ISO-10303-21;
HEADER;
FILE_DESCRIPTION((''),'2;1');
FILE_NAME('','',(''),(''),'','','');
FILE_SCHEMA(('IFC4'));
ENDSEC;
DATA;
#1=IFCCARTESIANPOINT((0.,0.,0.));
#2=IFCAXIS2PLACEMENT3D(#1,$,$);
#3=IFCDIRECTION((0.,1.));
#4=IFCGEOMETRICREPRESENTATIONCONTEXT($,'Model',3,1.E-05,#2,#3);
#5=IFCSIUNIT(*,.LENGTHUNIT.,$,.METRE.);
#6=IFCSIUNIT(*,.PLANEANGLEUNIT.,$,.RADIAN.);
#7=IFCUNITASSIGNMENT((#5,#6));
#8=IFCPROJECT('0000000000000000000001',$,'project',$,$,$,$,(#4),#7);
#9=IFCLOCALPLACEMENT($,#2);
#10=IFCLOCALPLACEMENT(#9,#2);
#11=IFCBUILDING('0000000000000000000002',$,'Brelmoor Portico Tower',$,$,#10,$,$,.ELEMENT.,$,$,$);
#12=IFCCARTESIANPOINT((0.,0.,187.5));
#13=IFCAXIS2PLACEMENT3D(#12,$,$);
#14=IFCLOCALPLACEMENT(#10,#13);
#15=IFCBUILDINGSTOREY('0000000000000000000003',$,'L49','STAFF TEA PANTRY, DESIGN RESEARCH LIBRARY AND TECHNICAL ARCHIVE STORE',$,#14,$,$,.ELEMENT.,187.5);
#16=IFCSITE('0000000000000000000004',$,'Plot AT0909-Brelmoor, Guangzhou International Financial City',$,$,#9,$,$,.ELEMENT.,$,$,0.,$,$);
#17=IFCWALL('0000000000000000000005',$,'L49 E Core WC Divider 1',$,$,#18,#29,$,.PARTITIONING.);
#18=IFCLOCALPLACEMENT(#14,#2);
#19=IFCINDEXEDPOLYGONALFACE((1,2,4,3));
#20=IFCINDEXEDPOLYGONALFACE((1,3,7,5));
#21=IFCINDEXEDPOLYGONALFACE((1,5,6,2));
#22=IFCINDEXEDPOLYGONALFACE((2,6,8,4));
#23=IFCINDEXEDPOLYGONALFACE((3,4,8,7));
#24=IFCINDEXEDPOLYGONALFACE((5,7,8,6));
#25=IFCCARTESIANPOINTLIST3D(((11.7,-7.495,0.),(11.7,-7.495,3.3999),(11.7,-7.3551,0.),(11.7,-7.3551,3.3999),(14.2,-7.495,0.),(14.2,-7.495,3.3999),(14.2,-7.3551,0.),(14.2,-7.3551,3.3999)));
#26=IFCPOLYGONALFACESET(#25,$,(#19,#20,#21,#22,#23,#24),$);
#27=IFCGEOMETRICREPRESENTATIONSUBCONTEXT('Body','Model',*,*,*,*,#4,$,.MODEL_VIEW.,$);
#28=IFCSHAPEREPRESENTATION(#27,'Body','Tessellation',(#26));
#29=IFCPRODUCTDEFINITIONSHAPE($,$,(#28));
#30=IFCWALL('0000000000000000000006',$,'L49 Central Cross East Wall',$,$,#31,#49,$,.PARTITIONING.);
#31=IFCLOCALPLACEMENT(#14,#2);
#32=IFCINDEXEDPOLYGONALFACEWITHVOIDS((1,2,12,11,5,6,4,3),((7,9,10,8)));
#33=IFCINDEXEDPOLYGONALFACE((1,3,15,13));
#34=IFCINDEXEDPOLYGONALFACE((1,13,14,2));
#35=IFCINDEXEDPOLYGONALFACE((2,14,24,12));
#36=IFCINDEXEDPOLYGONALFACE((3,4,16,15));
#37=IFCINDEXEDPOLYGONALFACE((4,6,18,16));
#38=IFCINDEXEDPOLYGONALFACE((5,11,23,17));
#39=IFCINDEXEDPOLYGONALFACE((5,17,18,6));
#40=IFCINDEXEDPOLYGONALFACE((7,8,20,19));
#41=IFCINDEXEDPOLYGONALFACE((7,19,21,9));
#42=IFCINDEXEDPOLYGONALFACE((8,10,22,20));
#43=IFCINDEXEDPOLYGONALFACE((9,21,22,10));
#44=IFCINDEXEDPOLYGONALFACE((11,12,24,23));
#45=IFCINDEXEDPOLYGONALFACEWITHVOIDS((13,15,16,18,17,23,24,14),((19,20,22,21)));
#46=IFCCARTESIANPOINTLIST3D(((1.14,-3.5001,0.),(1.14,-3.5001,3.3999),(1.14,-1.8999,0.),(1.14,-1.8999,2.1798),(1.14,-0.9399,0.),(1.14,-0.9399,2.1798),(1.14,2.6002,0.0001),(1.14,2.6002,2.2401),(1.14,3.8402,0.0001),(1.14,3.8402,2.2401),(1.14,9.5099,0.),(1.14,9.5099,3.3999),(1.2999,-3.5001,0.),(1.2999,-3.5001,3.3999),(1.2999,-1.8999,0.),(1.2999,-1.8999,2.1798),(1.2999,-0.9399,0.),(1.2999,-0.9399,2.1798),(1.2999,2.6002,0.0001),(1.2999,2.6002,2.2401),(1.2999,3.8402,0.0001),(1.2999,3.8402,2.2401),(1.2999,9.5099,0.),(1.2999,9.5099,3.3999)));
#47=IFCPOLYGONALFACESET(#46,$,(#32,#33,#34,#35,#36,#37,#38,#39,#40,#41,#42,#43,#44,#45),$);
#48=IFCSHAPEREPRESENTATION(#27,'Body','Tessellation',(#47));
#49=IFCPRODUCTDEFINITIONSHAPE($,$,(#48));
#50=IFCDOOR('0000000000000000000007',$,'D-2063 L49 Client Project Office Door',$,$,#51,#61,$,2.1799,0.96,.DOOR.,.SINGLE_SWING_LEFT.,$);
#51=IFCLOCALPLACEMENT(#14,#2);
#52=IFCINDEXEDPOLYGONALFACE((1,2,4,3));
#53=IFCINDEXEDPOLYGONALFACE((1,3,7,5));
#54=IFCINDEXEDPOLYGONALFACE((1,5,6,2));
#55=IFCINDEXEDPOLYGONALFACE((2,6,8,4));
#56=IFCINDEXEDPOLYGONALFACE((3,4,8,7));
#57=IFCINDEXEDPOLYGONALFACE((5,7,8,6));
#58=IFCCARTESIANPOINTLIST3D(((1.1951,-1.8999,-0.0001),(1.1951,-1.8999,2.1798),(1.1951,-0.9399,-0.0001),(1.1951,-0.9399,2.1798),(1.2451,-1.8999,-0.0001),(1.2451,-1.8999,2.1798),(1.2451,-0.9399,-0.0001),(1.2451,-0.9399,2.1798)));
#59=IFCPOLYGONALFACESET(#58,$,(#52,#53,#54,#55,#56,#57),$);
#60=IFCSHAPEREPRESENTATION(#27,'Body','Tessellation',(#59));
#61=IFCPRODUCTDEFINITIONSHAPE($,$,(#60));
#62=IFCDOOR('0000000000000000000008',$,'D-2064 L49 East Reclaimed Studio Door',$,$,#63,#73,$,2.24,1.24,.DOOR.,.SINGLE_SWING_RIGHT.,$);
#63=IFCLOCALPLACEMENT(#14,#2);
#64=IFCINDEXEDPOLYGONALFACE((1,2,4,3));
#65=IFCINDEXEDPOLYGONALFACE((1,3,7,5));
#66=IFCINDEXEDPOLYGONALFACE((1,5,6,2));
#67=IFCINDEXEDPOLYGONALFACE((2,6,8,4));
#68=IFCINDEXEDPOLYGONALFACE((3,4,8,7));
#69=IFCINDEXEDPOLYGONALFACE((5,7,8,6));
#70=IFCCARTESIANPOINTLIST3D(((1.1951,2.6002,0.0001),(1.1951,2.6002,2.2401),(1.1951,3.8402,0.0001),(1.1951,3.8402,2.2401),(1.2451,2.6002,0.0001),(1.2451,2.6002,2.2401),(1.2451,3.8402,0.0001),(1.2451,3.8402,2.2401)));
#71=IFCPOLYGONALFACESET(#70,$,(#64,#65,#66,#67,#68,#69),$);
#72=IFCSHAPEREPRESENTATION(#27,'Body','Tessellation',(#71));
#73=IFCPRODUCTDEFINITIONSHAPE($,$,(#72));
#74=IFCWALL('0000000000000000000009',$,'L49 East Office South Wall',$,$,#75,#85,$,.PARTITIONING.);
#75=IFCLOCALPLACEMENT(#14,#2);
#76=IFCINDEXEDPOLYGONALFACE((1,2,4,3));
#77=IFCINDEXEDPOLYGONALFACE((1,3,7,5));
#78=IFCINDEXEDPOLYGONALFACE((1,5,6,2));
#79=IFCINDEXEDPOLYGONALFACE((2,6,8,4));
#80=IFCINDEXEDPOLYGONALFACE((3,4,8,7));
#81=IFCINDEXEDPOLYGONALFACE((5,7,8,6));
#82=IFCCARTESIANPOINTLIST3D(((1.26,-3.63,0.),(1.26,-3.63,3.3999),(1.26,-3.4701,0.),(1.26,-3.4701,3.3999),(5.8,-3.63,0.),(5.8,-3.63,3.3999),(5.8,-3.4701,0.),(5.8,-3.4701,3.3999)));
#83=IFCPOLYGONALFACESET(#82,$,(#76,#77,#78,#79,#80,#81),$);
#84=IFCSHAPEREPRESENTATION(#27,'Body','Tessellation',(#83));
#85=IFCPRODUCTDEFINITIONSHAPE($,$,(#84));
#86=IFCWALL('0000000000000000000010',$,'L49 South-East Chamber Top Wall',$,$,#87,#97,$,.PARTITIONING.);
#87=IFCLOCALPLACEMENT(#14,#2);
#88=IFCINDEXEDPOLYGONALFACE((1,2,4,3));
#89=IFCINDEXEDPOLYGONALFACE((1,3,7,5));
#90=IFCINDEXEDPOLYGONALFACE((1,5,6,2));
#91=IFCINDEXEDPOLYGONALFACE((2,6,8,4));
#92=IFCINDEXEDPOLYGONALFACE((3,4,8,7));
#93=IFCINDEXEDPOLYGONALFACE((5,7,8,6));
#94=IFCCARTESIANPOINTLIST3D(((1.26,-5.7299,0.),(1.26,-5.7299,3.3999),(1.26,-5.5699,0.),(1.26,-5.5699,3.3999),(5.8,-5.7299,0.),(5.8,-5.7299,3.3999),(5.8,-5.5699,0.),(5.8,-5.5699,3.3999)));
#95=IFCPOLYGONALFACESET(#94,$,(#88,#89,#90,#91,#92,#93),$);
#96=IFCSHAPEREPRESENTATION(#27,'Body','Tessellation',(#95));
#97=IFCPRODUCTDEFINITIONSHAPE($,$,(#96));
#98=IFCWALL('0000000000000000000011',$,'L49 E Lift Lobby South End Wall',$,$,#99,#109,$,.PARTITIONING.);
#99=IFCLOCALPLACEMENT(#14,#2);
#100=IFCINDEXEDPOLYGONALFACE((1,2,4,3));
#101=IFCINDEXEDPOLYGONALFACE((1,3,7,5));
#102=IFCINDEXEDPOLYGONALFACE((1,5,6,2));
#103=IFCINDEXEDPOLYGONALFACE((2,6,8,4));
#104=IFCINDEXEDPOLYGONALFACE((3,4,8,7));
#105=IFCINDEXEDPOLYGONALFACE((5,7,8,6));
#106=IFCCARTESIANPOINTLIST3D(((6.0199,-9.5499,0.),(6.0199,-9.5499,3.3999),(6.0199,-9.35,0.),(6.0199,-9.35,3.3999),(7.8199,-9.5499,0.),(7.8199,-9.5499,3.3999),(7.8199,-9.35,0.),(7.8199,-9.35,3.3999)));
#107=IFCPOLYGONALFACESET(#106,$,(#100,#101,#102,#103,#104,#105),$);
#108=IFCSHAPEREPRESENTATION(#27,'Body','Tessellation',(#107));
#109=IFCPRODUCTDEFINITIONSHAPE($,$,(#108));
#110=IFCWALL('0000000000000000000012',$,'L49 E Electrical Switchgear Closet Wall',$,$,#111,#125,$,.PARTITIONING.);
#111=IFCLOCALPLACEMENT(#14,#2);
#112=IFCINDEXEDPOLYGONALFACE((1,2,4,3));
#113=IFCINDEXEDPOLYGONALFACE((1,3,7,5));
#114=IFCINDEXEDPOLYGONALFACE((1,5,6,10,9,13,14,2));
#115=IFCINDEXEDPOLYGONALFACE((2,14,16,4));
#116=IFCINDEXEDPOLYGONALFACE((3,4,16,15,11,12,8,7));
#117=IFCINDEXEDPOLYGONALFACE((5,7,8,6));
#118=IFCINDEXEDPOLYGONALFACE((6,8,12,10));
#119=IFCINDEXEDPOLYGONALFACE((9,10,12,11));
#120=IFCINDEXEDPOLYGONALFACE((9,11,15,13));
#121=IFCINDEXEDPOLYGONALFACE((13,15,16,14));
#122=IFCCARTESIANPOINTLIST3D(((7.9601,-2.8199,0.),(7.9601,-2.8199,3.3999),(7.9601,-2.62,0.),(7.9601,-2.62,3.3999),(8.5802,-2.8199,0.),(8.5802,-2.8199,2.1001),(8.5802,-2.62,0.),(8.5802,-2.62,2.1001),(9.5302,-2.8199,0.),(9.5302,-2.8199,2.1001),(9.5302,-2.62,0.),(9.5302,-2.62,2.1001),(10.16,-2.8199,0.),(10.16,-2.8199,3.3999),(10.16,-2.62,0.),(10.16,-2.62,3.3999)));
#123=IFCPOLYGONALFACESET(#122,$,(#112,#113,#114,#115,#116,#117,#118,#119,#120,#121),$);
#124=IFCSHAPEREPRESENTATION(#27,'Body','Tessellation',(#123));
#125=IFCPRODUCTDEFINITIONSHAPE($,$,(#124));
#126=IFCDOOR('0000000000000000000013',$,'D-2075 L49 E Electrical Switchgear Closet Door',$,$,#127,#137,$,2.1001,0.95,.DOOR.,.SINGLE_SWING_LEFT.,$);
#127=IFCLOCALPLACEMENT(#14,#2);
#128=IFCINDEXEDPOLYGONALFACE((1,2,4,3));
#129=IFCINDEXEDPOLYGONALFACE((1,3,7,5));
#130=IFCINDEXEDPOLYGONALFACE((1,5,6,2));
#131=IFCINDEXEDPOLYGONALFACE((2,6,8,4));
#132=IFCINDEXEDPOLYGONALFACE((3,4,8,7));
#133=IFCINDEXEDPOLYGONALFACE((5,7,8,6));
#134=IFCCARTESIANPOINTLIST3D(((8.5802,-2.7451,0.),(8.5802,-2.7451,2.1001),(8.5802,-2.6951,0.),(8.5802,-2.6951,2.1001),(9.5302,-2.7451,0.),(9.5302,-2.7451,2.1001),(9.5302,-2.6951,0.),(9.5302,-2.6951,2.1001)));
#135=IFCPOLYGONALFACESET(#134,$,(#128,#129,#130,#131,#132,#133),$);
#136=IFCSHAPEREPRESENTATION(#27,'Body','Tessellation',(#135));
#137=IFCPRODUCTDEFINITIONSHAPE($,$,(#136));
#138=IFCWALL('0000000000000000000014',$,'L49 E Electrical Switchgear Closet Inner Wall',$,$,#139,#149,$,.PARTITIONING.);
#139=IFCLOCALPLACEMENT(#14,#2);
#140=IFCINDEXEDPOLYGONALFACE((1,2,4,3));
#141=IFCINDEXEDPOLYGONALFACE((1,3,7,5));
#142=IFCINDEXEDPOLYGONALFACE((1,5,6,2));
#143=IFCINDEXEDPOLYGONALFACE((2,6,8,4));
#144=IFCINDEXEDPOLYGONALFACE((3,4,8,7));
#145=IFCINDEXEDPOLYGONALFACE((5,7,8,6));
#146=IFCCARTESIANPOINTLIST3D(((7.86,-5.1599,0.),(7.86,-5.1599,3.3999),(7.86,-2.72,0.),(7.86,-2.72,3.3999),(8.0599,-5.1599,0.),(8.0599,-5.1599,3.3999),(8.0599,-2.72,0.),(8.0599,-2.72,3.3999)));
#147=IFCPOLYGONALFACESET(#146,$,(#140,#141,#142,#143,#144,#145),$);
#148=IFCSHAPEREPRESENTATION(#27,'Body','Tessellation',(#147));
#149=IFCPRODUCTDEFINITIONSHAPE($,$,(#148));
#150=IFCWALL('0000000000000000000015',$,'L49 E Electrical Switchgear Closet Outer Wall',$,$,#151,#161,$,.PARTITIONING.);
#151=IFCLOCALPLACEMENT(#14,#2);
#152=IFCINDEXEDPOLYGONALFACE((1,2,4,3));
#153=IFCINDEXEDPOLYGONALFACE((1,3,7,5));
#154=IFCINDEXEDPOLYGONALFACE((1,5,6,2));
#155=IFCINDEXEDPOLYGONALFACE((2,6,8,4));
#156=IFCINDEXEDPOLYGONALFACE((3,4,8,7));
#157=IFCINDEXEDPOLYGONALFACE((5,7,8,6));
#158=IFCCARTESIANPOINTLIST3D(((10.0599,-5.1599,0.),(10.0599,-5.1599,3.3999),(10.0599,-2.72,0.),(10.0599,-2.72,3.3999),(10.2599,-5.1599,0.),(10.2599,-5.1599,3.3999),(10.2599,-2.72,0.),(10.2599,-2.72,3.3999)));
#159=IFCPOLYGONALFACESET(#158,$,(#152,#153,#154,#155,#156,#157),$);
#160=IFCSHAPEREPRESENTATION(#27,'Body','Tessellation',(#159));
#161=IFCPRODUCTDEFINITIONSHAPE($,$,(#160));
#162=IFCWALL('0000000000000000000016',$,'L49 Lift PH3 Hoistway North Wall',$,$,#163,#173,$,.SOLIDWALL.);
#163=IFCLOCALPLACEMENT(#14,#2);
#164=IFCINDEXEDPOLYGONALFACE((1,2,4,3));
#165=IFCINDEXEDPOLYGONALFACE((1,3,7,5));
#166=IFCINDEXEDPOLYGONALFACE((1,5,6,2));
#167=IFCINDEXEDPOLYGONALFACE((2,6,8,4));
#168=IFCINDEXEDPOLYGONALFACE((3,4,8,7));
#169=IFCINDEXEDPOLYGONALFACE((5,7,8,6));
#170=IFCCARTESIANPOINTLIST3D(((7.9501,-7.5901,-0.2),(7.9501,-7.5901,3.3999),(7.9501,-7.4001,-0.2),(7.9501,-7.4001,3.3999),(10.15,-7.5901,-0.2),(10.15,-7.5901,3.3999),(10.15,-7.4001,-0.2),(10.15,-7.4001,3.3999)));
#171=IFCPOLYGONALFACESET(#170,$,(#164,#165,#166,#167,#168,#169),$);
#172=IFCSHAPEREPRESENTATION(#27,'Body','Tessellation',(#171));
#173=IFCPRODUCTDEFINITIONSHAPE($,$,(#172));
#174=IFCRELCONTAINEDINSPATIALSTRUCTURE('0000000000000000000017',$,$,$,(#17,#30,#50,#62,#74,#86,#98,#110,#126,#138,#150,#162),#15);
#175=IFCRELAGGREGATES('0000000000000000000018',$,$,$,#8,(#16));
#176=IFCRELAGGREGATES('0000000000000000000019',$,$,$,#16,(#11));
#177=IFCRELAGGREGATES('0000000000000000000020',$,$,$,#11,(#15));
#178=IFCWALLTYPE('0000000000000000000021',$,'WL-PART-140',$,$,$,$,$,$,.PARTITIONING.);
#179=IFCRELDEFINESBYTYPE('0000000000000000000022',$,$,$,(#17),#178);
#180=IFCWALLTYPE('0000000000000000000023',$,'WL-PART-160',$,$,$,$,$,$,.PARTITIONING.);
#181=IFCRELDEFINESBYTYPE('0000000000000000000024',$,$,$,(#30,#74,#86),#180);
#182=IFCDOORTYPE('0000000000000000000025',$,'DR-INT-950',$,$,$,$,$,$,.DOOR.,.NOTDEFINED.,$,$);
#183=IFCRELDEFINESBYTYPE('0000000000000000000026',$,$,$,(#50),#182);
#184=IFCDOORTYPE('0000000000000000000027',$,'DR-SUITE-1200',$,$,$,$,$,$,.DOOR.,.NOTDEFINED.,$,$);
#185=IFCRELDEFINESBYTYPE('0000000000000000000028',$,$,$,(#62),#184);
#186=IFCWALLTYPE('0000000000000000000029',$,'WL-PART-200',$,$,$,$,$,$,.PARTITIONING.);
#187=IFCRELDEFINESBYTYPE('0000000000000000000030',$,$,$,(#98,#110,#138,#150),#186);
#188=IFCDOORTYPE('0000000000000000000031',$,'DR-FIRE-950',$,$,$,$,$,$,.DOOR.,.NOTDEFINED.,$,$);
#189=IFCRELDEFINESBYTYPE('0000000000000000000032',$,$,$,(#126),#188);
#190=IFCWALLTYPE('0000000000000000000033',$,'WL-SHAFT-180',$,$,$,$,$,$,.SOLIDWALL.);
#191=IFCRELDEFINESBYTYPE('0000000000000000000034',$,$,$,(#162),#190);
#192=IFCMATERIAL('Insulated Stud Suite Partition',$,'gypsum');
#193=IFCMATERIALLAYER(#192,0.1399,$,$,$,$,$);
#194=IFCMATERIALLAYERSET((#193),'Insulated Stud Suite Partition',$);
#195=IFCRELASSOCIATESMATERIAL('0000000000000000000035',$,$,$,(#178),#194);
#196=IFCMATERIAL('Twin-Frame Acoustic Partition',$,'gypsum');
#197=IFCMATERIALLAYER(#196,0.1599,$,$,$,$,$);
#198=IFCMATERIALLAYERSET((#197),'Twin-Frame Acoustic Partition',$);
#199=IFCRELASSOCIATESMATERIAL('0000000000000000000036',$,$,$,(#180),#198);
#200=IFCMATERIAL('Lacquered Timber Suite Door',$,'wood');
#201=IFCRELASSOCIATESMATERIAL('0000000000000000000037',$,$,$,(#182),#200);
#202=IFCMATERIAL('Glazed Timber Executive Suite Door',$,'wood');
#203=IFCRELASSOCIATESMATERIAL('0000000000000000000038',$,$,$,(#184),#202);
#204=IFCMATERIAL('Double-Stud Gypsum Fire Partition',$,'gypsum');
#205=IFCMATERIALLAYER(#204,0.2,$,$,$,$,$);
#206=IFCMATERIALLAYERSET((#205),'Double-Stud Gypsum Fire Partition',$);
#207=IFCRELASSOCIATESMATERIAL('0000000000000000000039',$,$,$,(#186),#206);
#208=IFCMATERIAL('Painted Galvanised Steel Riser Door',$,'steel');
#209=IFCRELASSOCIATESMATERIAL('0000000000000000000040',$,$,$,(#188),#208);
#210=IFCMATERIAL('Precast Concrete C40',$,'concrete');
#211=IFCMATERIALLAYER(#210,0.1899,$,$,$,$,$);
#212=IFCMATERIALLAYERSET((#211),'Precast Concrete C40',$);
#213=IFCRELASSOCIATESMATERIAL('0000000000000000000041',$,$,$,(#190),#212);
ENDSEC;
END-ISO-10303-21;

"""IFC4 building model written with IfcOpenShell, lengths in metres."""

from ifc_helpers import new_model, si_unit, direction, frame, frame_2d, origin, place, context, subcontext, project, spatial, rectangle, extrude, material, layer, layer_set, type_object, element, fill, save


model = new_model("IFC4")

# Units and contexts
model_context = context("Model", 3, precision=1e-05, world=origin(), true_north=direction((0.0, 1.0)))
body_context = subcontext(model_context, "Body", "Model", "MODEL_VIEW")
ifc_project = project(units=[si_unit("LENGTHUNIT", "METRE"), si_unit("PLANEANGLEUNIT", "RADIAN")], contexts=[model_context])

# Site, building, storey
site_placement = place(None, origin())
site = spatial("IfcSite", under=ifc_project, at=site_placement, Name="Plot AT0909-Brelmoor, Guangzhou International Financial City", CompositionType="ELEMENT", RefElevation=0.0)
building_placement = place(site_placement, origin())
building = spatial("IfcBuilding", under=site, at=building_placement, Name="Brelmoor Portico Tower", CompositionType="ELEMENT")
storey_placement = place(building_placement, frame((0.0, 0.0, 187.5)))
storey = spatial("IfcBuildingStorey", under=building, at=storey_placement, Name="L49", Description="STAFF TEA PANTRY, DESIGN RESEARCH LIBRARY AND TECHNICAL ARCHIVE STORE", CompositionType="ELEMENT", Elevation=187.5)

# Wall
ifc_material_1 = material(Name="Insulated Stud Suite Partition", Category="gypsum")
ifc_layer_1 = layer(ifc_material_1, 0.1399)
ifc_layer_set_1 = layer_set([ifc_layer_1], Name="Insulated Stud Suite Partition")
wall_type_1 = type_object("IfcWallType", Name="WL-PART-140", PredefinedType="PARTITIONING", material=ifc_layer_set_1)
wall_1_placement = place(storey_placement, frame((11.7, -7.425, 0.0), z_axis=(0.0, 0.0, 1.0), x_axis=(1.0, 0.0, 0.0)))
element("IfcWall", 1, at=wall_1_placement, inside=storey, type_object=wall_type_1, Name="L49 E Core WC Divider 1", PredefinedType="PARTITIONING", context=body_context, shape_type="SweptSolid", body=[
    extrude(rectangle(XDim=2.5, YDim=0.1399, at=frame_2d((1.25, 0.0))), origin(), (0.0, 0.0, 1.0), 3.3999),
])

# Wall, openings, doors
ifc_material_2 = material(Name="Twin-Frame Acoustic Partition", Category="gypsum")
ifc_layer_2 = layer(ifc_material_2, 0.1599)
ifc_layer_set_2 = layer_set([ifc_layer_2], Name="Twin-Frame Acoustic Partition")
wall_type_2 = type_object("IfcWallType", Name="WL-PART-160", PredefinedType="PARTITIONING", material=ifc_layer_set_2)
ifc_material_3 = material(Name="Lacquered Timber Suite Door", Category="wood")
wall_2_placement = place(storey_placement, frame((1.22, -3.5, 0.0), z_axis=(0.0, 0.0, 1.0), x_axis=(0.0, 1.0, 0.0)))
wall_2 = element("IfcWall", 2, at=wall_2_placement, inside=storey, type_object=wall_type_2, Name="L49 Central Cross East Wall", PredefinedType="PARTITIONING", context=body_context, shape_type="SweptSolid", body=[
    extrude(rectangle(XDim=13.01, YDim=0.1599, at=frame_2d((6.5049, 0.0))), origin(), (0.0, 0.0, 1.0), 3.3999),
])
opening_1_placement = place(wall_2_placement, frame((6.1001, 0.0, 0.0)))
opening_1 = element("IfcOpeningElement", 3, at=opening_1_placement, cuts=wall_2, PredefinedType="OPENING", context=body_context, shape_type="SweptSolid", body=[
    extrude(rectangle(XDim=1.24, YDim=2.24, at=frame_2d((0.6201, 1.1201))), frame((0.0, 0.0898, 0.0), z_axis=(0.0, -1.0, 0.0), x_axis=(1.0, 0.0, 0.0)), (0.0, 0.0, 1.0), 0.1799),
])
opening_2_placement = place(wall_2_placement, frame((1.6001, 0.0, 0.0)))
opening_2 = element("IfcOpeningElement", 4, at=opening_2_placement, cuts=wall_2, PredefinedType="OPENING", context=body_context, shape_type="SweptSolid", body=[
    extrude(rectangle(XDim=0.96, YDim=2.1799, at=frame_2d((0.48, 1.0898))), frame((0.0, 0.0898, 0.0), z_axis=(0.0, -1.0, 0.0), x_axis=(1.0, 0.0, 0.0)), (0.0, 0.0, 1.0), 0.1799),
])
door_type_1 = type_object("IfcDoorType", Name="DR-INT-950", OperationType="NOTDEFINED", PredefinedType="DOOR", material=ifc_material_3)
door_1_placement = place(opening_2_placement, origin())
door_1 = element("IfcDoor", 5, at=door_1_placement, inside=storey, type_object=door_type_1, Name="D-2063 L49 Client Project Office Door", OperationType="SINGLE_SWING_LEFT", OverallHeight=2.1799, OverallWidth=0.96, PredefinedType="DOOR", context=body_context, shape_type="SweptSolid", body=[
    extrude(rectangle(XDim=0.96, YDim=2.1799, at=frame_2d((0.48, 1.0898))), frame((0.0, 0.0249, 0.0), z_axis=(0.0, -1.0, 0.0), x_axis=(1.0, 0.0, 0.0)), (0.0, 0.0, 1.0), 0.05),
])
fill(opening_2, door_1)
ifc_material_4 = material(Name="Glazed Timber Executive Suite Door", Category="wood")
door_type_2 = type_object("IfcDoorType", Name="DR-SUITE-1200", OperationType="NOTDEFINED", PredefinedType="DOOR", material=ifc_material_4)
door_2_placement = place(opening_1_placement, origin())
door_2 = element("IfcDoor", 6, at=door_2_placement, inside=storey, type_object=door_type_2, Name="D-2064 L49 East Reclaimed Studio Door", OperationType="SINGLE_SWING_RIGHT", OverallHeight=2.24, OverallWidth=1.24, PredefinedType="DOOR", context=body_context, shape_type="SweptSolid", body=[
    extrude(rectangle(XDim=1.24, YDim=2.24, at=frame_2d((0.6201, 1.1201))), frame((0.0, 0.0249, 0.0), z_axis=(0.0, -1.0, 0.0), x_axis=(1.0, 0.0, 0.0)), (0.0, 0.0, 1.0), 0.05),
])
fill(opening_1, door_2)

# Walls
for number, where, z_axis, x_axis, name in (
    (7, (1.26, -3.55, 0.0), (0.0, 0.0, 1.0), (1.0, 0.0, 0.0), "L49 East Office South Wall"),
    (8, (1.26, -5.6499, 0.0), (0.0, 0.0, 1.0), (1.0, 0.0, 0.0), "L49 South-East Chamber Top Wall"),
):
    element("IfcWall", number, at=place(storey_placement, frame(where, z_axis=z_axis, x_axis=x_axis)), inside=storey, type_object=wall_type_2, Name=name, PredefinedType="PARTITIONING", context=body_context, shape_type="SweptSolid", body=[
        extrude(rectangle(XDim=4.54, YDim=0.1599, at=frame_2d((2.27, 0.0))), origin(), (0.0, 0.0, 1.0), 3.3999),
    ])
ifc_material_5 = material(Name="Double-Stud Gypsum Fire Partition", Category="gypsum")
ifc_layer_3 = layer(ifc_material_5, 0.2)
ifc_layer_set_3 = layer_set([ifc_layer_3], Name="Double-Stud Gypsum Fire Partition")
wall_type_3 = type_object("IfcWallType", Name="WL-PART-200", PredefinedType="PARTITIONING", material=ifc_layer_set_3)
wall_3_placement = place(storey_placement, frame((6.02, -9.45, 0.0), z_axis=(0.0, 0.0, 1.0), x_axis=(1.0, 0.0, 0.0)))
element("IfcWall", 9, at=wall_3_placement, inside=storey, type_object=wall_type_3, Name="L49 E Lift Lobby South End Wall", PredefinedType="PARTITIONING", context=body_context, shape_type="SweptSolid", body=[
    extrude(rectangle(XDim=1.8, YDim=0.2, at=frame_2d((0.8999, 0.0))), origin(), (0.0, 0.0, 1.0), 3.3999),
])

# Wall, opening, door
wall_4_placement = place(storey_placement, frame((7.96, -2.72, 0.0), z_axis=(0.0, 0.0, 1.0), x_axis=(1.0, 0.0, 0.0)))
wall_4 = element("IfcWall", 10, at=wall_4_placement, inside=storey, type_object=wall_type_3, Name="L49 E Electrical Switchgear Closet Wall", PredefinedType="PARTITIONING", context=body_context, shape_type="SweptSolid", body=[
    extrude(rectangle(XDim=2.2, YDim=0.2, at=frame_2d((1.1001, 0.0))), origin(), (0.0, 0.0, 1.0), 3.3999),
])
opening_3_placement = place(wall_4_placement, frame((0.6201, 0.0, 0.0)))
opening_3 = element("IfcOpeningElement", 11, at=opening_3_placement, cuts=wall_4, PredefinedType="OPENING", context=body_context, shape_type="SweptSolid", body=[
    extrude(rectangle(XDim=0.95, YDim=2.1001, at=frame_2d((0.4751, 1.05))), frame((0.0, 0.1099, 0.0), z_axis=(0.0, -1.0, 0.0), x_axis=(1.0, 0.0, 0.0)), (0.0, 0.0, 1.0), 0.22),
])
ifc_material_6 = material(Name="Painted Galvanised Steel Riser Door", Category="steel")
door_type_3 = type_object("IfcDoorType", Name="DR-FIRE-950", OperationType="NOTDEFINED", PredefinedType="DOOR", material=ifc_material_6)
door_3_placement = place(opening_3_placement, origin())
door_3 = element("IfcDoor", 12, at=door_3_placement, inside=storey, type_object=door_type_3, Name="D-2075 L49 E Electrical Switchgear Closet Door", OperationType="SINGLE_SWING_LEFT", OverallHeight=2.1001, OverallWidth=0.95, PredefinedType="DOOR", context=body_context, shape_type="SweptSolid", body=[
    extrude(rectangle(XDim=0.95, YDim=2.1001, at=frame_2d((0.4751, 1.05))), frame((0.0, 0.0249, 0.0), z_axis=(0.0, -1.0, 0.0), x_axis=(1.0, 0.0, 0.0)), (0.0, 0.0, 1.0), 0.05),
])
fill(opening_3, door_3)

# Walls
for number, where, z_axis, x_axis, name in (
    (13, (7.96, -5.1599, 0.0), (0.0, 0.0, 1.0), (0.0, 1.0, 0.0), "L49 E Electrical Switchgear Closet Inner Wall"),
    (14, (10.1599, -5.1599, 0.0), (0.0, 0.0, 1.0), (0.0, 1.0, 0.0), "L49 E Electrical Switchgear Closet Outer Wall"),
):
    element("IfcWall", number, at=place(storey_placement, frame(where, z_axis=z_axis, x_axis=x_axis)), inside=storey, type_object=wall_type_3, Name=name, PredefinedType="PARTITIONING", context=body_context, shape_type="SweptSolid", body=[
        extrude(rectangle(XDim=2.4399, YDim=0.2, at=frame_2d((1.22, 0.0))), origin(), (0.0, 0.0, 1.0), 3.3999),
    ])
ifc_material_7 = material(Name="Precast Concrete C40", Category="concrete")
ifc_layer_4 = layer(ifc_material_7, 0.1899)
ifc_layer_set_4 = layer_set([ifc_layer_4], Name="Precast Concrete C40")
wall_type_4 = type_object("IfcWallType", Name="WL-SHAFT-180", PredefinedType="SOLIDWALL", material=ifc_layer_set_4)
for number, where, z_axis, x_axis, name in (
    (15, (7.95, -7.4951, -0.2), (0.0, 0.0, 1.0), (1.0, 0.0, 0.0), "L49 Lift PH3 Hoistway North Wall"),
):
    element("IfcWall", number, at=place(storey_placement, frame(where, z_axis=z_axis, x_axis=x_axis)), inside=storey, type_object=wall_type_4, Name=name, PredefinedType="SOLIDWALL", context=body_context, shape_type="SweptSolid", body=[
        extrude(rectangle(XDim=2.2, YDim=0.1899, at=frame_2d((1.1001, 0.0))), origin(), (0.0, 0.0, 1.0), 3.5999),
    ])

save(model, "model.ifc")
